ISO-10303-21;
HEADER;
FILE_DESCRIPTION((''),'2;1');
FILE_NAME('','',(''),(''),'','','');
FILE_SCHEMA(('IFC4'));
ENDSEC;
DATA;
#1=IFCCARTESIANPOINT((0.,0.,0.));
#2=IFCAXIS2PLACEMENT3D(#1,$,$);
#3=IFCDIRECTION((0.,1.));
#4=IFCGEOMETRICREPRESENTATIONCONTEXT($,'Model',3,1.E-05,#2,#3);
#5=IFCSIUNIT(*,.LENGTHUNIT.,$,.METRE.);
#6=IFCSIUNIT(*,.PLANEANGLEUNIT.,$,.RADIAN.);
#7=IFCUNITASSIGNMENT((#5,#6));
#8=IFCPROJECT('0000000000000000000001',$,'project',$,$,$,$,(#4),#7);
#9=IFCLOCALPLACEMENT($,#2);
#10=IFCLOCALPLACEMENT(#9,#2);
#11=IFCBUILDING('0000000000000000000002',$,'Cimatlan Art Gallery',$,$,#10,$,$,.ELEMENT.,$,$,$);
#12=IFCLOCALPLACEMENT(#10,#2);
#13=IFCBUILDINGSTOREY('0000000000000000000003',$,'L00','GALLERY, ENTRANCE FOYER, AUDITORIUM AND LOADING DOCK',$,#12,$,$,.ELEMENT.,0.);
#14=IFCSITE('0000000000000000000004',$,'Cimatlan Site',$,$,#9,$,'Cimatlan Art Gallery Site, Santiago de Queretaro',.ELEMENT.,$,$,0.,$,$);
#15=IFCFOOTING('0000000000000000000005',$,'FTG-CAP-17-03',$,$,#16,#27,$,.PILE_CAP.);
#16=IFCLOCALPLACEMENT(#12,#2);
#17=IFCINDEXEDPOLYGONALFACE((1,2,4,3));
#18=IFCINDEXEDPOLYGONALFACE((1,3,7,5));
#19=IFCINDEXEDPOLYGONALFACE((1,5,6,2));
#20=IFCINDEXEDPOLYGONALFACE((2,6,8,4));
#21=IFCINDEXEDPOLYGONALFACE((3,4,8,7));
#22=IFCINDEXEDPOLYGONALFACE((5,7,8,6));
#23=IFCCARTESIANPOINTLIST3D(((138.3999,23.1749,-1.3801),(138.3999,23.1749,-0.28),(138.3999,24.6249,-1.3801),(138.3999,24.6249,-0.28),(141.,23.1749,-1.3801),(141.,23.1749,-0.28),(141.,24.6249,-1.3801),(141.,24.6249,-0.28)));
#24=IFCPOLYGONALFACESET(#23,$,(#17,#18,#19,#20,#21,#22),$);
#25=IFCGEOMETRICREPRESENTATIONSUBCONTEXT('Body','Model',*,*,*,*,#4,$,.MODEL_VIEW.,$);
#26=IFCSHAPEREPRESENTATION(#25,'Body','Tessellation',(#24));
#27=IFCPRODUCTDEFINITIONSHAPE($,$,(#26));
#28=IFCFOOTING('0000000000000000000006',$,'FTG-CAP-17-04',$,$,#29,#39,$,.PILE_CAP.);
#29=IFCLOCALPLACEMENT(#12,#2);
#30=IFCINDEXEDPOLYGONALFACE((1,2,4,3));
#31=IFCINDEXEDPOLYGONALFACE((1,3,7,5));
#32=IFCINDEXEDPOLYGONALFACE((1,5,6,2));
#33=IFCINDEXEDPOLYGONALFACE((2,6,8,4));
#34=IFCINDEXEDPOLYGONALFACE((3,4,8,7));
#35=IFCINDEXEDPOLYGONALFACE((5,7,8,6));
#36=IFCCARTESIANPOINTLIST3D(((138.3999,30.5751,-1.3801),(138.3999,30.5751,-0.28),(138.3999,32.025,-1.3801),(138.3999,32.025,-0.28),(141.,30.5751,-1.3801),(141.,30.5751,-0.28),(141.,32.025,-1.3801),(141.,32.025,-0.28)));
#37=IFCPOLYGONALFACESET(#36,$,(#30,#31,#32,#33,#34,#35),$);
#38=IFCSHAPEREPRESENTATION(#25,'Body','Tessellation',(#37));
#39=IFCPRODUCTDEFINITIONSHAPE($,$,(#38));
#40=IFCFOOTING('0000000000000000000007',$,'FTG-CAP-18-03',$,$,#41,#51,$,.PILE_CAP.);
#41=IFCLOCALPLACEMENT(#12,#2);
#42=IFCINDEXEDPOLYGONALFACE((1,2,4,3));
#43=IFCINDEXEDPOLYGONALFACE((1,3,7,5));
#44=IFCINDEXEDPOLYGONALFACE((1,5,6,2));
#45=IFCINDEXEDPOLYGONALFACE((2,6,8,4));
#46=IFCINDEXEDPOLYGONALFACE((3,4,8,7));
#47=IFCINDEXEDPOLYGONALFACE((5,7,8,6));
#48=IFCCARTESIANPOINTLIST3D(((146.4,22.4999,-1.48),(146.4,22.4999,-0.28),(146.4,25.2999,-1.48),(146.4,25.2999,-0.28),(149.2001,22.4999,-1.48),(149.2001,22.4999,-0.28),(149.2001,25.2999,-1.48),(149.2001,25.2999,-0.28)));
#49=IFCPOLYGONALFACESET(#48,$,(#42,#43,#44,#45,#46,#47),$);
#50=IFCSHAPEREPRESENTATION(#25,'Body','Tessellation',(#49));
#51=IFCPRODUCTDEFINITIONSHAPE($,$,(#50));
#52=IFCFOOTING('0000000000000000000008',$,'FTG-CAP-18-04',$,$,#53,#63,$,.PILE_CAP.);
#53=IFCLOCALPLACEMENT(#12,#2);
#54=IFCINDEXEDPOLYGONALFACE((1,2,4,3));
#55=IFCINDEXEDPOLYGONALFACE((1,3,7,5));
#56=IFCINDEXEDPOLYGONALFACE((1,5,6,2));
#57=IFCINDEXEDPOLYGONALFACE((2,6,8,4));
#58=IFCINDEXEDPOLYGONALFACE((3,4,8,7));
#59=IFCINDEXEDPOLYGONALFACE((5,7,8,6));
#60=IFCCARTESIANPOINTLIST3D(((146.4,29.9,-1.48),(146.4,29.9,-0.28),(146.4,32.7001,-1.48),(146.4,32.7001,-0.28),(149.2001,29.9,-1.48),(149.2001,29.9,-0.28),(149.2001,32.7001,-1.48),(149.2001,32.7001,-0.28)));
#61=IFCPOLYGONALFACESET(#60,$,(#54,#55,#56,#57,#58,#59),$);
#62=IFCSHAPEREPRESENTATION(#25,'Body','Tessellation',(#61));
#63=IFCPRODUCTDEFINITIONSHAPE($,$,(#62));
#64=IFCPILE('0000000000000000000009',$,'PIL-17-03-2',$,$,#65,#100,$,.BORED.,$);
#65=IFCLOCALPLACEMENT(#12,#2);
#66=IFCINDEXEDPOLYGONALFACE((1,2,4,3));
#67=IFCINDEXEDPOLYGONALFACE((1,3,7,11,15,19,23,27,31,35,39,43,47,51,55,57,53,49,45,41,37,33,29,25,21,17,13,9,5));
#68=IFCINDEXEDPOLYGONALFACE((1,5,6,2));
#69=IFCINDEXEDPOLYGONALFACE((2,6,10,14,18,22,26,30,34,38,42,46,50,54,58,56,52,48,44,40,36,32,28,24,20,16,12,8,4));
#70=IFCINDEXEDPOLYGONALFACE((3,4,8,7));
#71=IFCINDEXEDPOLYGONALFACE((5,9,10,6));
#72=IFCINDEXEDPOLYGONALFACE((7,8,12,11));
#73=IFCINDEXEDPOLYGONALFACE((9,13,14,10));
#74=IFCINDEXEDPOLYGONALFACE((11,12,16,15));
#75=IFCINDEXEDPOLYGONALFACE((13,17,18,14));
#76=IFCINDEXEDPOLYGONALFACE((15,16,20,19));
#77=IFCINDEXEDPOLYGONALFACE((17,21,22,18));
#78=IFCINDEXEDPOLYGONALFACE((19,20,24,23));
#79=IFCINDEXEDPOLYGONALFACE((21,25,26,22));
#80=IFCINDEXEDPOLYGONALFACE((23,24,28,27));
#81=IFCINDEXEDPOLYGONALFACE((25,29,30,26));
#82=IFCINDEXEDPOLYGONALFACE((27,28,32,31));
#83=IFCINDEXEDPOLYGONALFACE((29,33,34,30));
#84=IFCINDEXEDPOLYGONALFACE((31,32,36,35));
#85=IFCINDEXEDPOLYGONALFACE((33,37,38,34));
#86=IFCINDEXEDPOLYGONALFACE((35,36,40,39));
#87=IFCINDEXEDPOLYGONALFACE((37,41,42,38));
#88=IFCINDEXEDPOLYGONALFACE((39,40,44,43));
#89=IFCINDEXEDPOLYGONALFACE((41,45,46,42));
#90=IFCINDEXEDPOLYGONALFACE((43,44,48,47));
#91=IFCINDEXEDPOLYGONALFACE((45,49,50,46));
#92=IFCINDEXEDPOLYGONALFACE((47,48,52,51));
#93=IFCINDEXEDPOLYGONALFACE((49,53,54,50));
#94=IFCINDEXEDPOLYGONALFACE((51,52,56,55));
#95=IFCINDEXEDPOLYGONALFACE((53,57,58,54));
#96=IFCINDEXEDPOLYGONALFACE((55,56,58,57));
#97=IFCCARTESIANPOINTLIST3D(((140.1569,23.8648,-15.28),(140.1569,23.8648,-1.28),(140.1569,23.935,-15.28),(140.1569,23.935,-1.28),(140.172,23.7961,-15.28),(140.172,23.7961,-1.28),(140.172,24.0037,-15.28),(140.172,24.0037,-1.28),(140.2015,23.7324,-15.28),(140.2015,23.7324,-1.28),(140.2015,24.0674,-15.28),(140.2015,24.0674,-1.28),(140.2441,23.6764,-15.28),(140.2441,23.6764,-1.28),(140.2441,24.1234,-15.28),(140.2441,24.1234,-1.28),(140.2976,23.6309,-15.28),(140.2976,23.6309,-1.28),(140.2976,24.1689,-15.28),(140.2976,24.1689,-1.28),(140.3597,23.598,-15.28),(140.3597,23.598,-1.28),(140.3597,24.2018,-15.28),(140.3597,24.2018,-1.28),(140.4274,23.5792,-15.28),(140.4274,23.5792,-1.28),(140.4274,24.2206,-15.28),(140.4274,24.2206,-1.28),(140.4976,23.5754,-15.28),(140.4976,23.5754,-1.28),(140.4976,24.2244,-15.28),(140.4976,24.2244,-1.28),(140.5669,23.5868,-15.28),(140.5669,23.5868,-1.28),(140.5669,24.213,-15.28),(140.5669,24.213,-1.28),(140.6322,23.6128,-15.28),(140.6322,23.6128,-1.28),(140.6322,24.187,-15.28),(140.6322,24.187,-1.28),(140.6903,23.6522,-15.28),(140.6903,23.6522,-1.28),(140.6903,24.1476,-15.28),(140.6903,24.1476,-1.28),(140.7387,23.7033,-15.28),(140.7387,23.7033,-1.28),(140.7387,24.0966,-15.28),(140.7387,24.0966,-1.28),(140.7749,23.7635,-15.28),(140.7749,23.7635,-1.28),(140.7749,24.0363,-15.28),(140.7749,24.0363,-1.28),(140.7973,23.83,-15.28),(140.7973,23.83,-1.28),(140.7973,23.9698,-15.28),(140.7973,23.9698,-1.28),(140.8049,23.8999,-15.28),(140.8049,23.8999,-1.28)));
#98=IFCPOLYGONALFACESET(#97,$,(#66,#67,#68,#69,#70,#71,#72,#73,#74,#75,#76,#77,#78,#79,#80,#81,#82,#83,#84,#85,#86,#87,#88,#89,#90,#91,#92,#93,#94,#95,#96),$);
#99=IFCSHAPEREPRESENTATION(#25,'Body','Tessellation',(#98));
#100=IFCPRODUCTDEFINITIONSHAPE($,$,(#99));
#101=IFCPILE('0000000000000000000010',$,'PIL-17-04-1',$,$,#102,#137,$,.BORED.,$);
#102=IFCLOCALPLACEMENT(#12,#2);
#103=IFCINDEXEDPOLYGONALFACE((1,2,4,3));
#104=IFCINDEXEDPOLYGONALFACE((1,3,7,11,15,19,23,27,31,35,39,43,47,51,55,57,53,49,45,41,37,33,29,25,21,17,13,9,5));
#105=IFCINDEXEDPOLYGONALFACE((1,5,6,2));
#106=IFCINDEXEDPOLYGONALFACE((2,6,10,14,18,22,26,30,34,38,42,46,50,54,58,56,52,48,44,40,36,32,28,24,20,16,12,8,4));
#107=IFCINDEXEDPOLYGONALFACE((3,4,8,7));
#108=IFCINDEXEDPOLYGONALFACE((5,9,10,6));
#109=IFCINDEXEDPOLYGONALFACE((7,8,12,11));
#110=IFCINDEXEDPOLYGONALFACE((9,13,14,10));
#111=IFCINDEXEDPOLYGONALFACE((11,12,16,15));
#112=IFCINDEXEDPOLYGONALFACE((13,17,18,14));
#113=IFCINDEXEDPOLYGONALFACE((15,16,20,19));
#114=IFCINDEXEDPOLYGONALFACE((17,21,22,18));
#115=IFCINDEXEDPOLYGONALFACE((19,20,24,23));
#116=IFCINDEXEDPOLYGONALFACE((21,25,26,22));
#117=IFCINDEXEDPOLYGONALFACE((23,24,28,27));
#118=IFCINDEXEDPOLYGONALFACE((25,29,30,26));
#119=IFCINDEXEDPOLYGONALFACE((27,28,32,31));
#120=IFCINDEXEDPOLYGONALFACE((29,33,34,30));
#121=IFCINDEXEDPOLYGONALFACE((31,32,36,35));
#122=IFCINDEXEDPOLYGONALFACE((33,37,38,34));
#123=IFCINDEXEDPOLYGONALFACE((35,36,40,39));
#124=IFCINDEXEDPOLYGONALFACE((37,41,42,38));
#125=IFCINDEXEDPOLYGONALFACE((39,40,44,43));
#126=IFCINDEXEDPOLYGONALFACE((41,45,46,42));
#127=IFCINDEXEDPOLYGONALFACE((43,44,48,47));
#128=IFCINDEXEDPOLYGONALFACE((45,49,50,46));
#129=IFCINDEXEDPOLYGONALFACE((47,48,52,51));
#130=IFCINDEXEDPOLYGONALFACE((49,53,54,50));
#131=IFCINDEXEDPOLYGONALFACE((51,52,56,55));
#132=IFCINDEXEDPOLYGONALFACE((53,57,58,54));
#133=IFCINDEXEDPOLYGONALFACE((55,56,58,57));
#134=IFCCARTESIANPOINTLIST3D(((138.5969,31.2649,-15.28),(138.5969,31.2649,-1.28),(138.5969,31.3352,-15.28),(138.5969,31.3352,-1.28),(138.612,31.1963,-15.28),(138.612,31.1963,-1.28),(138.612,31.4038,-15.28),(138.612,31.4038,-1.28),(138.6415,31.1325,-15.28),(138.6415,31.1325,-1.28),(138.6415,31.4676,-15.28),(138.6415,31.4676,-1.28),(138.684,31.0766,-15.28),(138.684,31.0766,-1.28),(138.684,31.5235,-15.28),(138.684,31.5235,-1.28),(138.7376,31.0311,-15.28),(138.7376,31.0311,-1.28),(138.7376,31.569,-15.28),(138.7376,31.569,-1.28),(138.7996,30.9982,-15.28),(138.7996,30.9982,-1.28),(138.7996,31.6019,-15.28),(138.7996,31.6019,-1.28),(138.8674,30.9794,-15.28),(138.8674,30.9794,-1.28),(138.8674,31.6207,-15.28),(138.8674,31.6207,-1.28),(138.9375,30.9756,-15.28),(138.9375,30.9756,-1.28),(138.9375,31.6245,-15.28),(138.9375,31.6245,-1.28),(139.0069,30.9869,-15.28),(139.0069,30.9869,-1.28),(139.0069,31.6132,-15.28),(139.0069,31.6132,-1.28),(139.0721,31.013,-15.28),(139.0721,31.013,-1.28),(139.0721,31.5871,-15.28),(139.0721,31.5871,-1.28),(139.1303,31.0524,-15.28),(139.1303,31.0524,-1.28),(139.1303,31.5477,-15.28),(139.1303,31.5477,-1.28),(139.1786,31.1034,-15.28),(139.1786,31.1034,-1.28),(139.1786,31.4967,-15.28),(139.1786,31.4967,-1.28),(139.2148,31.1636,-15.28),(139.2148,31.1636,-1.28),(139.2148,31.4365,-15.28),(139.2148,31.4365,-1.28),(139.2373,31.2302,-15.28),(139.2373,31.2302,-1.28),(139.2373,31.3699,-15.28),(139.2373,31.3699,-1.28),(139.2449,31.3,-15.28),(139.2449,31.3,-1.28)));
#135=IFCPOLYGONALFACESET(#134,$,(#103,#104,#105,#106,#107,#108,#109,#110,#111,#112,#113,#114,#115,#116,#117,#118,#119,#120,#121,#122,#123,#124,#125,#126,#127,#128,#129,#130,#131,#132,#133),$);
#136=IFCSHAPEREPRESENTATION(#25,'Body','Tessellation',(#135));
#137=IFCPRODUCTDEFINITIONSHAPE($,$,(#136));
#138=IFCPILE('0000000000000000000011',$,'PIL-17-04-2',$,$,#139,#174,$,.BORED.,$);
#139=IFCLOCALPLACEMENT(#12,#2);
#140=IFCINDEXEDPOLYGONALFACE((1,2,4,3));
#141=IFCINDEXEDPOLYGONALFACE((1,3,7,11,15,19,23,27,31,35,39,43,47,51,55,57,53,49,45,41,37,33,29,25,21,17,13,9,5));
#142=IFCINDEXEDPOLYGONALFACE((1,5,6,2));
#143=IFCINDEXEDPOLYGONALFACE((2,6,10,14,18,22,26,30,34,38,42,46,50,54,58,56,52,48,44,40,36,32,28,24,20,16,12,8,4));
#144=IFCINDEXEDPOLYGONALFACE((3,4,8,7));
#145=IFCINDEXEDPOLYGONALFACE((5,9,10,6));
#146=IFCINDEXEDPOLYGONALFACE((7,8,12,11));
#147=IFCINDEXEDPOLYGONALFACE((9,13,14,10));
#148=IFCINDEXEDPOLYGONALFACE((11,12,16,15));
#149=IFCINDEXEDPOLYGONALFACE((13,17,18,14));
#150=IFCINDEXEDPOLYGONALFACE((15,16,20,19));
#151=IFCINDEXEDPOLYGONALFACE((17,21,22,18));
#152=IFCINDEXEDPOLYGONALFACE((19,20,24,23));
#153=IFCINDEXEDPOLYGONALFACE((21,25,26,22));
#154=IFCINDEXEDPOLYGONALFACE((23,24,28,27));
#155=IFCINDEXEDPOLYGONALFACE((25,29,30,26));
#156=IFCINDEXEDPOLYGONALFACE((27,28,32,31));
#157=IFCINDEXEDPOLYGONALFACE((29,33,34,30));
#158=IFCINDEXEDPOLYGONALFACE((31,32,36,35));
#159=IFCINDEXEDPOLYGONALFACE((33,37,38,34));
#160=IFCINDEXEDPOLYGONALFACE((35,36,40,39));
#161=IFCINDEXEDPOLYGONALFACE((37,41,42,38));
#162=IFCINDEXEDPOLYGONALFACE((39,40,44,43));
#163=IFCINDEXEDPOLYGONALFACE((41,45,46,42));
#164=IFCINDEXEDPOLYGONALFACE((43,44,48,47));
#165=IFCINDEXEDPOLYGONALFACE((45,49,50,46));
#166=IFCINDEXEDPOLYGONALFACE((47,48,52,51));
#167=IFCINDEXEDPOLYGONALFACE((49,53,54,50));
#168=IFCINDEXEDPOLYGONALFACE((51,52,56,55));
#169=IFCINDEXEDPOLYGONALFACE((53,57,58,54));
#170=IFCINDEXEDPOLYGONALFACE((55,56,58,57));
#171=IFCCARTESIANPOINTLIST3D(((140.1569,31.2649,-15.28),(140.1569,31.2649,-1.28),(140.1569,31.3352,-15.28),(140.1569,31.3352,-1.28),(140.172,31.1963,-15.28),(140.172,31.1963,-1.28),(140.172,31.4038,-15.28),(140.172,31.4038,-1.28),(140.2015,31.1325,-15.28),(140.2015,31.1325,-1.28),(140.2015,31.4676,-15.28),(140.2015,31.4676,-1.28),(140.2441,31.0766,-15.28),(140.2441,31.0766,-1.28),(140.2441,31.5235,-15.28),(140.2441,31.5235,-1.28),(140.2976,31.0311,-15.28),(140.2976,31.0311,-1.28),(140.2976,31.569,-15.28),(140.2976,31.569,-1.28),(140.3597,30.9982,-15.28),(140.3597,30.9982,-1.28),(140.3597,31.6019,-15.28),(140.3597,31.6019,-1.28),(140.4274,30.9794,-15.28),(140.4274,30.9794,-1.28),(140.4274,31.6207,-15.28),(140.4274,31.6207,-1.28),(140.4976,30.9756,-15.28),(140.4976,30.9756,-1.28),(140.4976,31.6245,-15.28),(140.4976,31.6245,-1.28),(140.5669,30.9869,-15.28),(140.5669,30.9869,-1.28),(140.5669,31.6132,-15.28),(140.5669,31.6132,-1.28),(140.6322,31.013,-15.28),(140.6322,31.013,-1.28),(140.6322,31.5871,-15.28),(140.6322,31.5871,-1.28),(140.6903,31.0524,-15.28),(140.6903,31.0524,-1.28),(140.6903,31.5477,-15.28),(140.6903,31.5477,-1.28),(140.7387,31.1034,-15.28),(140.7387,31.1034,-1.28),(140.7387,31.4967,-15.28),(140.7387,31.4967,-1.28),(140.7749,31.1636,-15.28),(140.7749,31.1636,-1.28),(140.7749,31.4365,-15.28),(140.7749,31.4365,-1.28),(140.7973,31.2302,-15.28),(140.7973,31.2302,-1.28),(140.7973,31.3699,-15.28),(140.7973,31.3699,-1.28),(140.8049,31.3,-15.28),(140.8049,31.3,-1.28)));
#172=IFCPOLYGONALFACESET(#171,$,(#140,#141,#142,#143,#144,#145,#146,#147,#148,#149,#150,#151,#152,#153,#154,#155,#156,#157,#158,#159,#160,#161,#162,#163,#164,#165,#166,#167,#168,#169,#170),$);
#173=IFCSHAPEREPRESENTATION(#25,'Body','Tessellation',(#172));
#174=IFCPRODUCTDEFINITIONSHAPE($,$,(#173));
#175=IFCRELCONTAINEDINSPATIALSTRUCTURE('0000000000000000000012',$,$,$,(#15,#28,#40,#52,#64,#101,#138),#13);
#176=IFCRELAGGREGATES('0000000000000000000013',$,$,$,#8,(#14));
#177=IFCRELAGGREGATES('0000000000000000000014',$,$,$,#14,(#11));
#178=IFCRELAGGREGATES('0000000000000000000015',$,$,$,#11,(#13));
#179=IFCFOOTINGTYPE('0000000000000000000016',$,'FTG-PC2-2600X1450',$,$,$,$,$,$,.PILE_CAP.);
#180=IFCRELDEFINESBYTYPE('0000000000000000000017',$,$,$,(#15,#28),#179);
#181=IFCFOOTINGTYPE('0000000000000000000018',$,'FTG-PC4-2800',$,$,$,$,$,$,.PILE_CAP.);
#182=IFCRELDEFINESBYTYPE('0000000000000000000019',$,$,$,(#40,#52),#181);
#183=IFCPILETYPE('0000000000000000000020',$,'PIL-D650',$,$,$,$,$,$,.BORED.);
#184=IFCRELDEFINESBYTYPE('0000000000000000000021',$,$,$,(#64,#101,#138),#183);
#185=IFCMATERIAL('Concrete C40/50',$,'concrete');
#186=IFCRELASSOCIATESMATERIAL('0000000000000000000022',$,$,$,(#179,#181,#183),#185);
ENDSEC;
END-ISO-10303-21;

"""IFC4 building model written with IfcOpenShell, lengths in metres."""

from ifc_helpers import new_model, si_unit, direction, frame, origin, origin_2d, place, context, subcontext, project, spatial, rectangle, circle, extrude, material, type_object, element, save


model = new_model("IFC4")

# Units and contexts
model_context = context("Model", 3, precision=1e-05, world=origin(), true_north=direction((0.0, 1.0)))
body_context = subcontext(model_context, "Body", "Model", "MODEL_VIEW")
ifc_project = project(units=[si_unit("LENGTHUNIT", "METRE"), si_unit("PLANEANGLEUNIT", "RADIAN")], contexts=[model_context])

# Site, building, storey
site_placement = place(None, origin())
site = spatial("IfcSite", under=ifc_project, at=site_placement, Name="Cimatlan Site", LongName="Cimatlan Art Gallery Site, Santiago de Queretaro", CompositionType="ELEMENT", RefElevation=0.0)
building_placement = place(site_placement, origin())
building = spatial("IfcBuilding", under=site, at=building_placement, Name="Cimatlan Art Gallery", CompositionType="ELEMENT")
storey_placement = place(building_placement, origin())
storey = spatial("IfcBuildingStorey", under=building, at=storey_placement, Name="L00", Description="GALLERY, ENTRANCE FOYER, AUDITORIUM AND LOADING DOCK", CompositionType="ELEMENT", Elevation=0.0)

# Footings
ifc_material_1 = material(Name="Concrete C40/50", Category="concrete")
footing_type_1 = type_object("IfcFootingType", Name="FTG-PC2-2600X1450", PredefinedType="PILE_CAP", material=ifc_material_1)
for number, where, z_axis, x_axis, name in (
    (1, (139.7, 23.8999, -1.3801), (0.0, 0.0, 1.0), (1.0, 0.0, 0.0), "FTG-CAP-17-03"),
    (2, (139.7, 31.3, -1.3801), (0.0, 0.0, 1.0), (1.0, 0.0, 0.0), "FTG-CAP-17-04"),
):
    element("IfcFooting", number, at=place(storey_placement, frame(where, z_axis=z_axis, x_axis=x_axis)), inside=storey, type_object=footing_type_1, Name=name, PredefinedType="PILE_CAP", context=body_context, shape_type="SweptSolid", body=[
        extrude(rectangle(XDim=2.6001, YDim=1.45, at=origin_2d()), origin(), (0.0, 0.0, 1.0), 1.1001),
    ])
footing_type_2 = type_object("IfcFootingType", Name="FTG-PC4-2800", PredefinedType="PILE_CAP", material=ifc_material_1)
for number, where, z_axis, x_axis, name in (
    (3, (147.8, 23.8999, -1.48), (0.0, 0.0, 1.0), (1.0, 0.0, 0.0), "FTG-CAP-18-03"),
    (4, (147.8, 31.3, -1.48), (0.0, 0.0, 1.0), (1.0, 0.0, 0.0), "FTG-CAP-18-04"),
):
    element("IfcFooting", number, at=place(storey_placement, frame(where, z_axis=z_axis, x_axis=x_axis)), inside=storey, type_object=footing_type_2, Name=name, PredefinedType="PILE_CAP", context=body_context, shape_type="SweptSolid", body=[
        extrude(rectangle(XDim=2.8, YDim=2.8, at=origin_2d()), origin(), (0.0, 0.0, 1.0), 1.2),
    ])

# Piles
pile_type_1 = type_object("IfcPileType", Name="PIL-D650", PredefinedType="BORED", material=ifc_material_1)
for number, where, z_axis, x_axis, name in (
    (5, (140.48, 23.8999, -1.28), (0.0, 0.0, -1.0), (1.0, 0.0, 0.0), "PIL-17-03-2"),
    (6, (138.9199, 31.3, -1.28), (0.0, 0.0, -1.0), (1.0, 0.0, 0.0), "PIL-17-04-1"),
    (7, (140.48, 31.3, -1.28), (0.0, 0.0, -1.0), (1.0, 0.0, 0.0), "PIL-17-04-2"),
):
    element("IfcPile", number, at=place(storey_placement, frame(where, z_axis=z_axis, x_axis=x_axis)), inside=storey, type_object=pile_type_1, Name=name, PredefinedType="BORED", context=body_context, shape_type="SweptSolid", body=[
        extrude(circle(Radius=0.325, at=origin_2d()), origin(), (0.0, 0.0, 1.0), 14.0),
    ])

save(model, "model.ifc")
